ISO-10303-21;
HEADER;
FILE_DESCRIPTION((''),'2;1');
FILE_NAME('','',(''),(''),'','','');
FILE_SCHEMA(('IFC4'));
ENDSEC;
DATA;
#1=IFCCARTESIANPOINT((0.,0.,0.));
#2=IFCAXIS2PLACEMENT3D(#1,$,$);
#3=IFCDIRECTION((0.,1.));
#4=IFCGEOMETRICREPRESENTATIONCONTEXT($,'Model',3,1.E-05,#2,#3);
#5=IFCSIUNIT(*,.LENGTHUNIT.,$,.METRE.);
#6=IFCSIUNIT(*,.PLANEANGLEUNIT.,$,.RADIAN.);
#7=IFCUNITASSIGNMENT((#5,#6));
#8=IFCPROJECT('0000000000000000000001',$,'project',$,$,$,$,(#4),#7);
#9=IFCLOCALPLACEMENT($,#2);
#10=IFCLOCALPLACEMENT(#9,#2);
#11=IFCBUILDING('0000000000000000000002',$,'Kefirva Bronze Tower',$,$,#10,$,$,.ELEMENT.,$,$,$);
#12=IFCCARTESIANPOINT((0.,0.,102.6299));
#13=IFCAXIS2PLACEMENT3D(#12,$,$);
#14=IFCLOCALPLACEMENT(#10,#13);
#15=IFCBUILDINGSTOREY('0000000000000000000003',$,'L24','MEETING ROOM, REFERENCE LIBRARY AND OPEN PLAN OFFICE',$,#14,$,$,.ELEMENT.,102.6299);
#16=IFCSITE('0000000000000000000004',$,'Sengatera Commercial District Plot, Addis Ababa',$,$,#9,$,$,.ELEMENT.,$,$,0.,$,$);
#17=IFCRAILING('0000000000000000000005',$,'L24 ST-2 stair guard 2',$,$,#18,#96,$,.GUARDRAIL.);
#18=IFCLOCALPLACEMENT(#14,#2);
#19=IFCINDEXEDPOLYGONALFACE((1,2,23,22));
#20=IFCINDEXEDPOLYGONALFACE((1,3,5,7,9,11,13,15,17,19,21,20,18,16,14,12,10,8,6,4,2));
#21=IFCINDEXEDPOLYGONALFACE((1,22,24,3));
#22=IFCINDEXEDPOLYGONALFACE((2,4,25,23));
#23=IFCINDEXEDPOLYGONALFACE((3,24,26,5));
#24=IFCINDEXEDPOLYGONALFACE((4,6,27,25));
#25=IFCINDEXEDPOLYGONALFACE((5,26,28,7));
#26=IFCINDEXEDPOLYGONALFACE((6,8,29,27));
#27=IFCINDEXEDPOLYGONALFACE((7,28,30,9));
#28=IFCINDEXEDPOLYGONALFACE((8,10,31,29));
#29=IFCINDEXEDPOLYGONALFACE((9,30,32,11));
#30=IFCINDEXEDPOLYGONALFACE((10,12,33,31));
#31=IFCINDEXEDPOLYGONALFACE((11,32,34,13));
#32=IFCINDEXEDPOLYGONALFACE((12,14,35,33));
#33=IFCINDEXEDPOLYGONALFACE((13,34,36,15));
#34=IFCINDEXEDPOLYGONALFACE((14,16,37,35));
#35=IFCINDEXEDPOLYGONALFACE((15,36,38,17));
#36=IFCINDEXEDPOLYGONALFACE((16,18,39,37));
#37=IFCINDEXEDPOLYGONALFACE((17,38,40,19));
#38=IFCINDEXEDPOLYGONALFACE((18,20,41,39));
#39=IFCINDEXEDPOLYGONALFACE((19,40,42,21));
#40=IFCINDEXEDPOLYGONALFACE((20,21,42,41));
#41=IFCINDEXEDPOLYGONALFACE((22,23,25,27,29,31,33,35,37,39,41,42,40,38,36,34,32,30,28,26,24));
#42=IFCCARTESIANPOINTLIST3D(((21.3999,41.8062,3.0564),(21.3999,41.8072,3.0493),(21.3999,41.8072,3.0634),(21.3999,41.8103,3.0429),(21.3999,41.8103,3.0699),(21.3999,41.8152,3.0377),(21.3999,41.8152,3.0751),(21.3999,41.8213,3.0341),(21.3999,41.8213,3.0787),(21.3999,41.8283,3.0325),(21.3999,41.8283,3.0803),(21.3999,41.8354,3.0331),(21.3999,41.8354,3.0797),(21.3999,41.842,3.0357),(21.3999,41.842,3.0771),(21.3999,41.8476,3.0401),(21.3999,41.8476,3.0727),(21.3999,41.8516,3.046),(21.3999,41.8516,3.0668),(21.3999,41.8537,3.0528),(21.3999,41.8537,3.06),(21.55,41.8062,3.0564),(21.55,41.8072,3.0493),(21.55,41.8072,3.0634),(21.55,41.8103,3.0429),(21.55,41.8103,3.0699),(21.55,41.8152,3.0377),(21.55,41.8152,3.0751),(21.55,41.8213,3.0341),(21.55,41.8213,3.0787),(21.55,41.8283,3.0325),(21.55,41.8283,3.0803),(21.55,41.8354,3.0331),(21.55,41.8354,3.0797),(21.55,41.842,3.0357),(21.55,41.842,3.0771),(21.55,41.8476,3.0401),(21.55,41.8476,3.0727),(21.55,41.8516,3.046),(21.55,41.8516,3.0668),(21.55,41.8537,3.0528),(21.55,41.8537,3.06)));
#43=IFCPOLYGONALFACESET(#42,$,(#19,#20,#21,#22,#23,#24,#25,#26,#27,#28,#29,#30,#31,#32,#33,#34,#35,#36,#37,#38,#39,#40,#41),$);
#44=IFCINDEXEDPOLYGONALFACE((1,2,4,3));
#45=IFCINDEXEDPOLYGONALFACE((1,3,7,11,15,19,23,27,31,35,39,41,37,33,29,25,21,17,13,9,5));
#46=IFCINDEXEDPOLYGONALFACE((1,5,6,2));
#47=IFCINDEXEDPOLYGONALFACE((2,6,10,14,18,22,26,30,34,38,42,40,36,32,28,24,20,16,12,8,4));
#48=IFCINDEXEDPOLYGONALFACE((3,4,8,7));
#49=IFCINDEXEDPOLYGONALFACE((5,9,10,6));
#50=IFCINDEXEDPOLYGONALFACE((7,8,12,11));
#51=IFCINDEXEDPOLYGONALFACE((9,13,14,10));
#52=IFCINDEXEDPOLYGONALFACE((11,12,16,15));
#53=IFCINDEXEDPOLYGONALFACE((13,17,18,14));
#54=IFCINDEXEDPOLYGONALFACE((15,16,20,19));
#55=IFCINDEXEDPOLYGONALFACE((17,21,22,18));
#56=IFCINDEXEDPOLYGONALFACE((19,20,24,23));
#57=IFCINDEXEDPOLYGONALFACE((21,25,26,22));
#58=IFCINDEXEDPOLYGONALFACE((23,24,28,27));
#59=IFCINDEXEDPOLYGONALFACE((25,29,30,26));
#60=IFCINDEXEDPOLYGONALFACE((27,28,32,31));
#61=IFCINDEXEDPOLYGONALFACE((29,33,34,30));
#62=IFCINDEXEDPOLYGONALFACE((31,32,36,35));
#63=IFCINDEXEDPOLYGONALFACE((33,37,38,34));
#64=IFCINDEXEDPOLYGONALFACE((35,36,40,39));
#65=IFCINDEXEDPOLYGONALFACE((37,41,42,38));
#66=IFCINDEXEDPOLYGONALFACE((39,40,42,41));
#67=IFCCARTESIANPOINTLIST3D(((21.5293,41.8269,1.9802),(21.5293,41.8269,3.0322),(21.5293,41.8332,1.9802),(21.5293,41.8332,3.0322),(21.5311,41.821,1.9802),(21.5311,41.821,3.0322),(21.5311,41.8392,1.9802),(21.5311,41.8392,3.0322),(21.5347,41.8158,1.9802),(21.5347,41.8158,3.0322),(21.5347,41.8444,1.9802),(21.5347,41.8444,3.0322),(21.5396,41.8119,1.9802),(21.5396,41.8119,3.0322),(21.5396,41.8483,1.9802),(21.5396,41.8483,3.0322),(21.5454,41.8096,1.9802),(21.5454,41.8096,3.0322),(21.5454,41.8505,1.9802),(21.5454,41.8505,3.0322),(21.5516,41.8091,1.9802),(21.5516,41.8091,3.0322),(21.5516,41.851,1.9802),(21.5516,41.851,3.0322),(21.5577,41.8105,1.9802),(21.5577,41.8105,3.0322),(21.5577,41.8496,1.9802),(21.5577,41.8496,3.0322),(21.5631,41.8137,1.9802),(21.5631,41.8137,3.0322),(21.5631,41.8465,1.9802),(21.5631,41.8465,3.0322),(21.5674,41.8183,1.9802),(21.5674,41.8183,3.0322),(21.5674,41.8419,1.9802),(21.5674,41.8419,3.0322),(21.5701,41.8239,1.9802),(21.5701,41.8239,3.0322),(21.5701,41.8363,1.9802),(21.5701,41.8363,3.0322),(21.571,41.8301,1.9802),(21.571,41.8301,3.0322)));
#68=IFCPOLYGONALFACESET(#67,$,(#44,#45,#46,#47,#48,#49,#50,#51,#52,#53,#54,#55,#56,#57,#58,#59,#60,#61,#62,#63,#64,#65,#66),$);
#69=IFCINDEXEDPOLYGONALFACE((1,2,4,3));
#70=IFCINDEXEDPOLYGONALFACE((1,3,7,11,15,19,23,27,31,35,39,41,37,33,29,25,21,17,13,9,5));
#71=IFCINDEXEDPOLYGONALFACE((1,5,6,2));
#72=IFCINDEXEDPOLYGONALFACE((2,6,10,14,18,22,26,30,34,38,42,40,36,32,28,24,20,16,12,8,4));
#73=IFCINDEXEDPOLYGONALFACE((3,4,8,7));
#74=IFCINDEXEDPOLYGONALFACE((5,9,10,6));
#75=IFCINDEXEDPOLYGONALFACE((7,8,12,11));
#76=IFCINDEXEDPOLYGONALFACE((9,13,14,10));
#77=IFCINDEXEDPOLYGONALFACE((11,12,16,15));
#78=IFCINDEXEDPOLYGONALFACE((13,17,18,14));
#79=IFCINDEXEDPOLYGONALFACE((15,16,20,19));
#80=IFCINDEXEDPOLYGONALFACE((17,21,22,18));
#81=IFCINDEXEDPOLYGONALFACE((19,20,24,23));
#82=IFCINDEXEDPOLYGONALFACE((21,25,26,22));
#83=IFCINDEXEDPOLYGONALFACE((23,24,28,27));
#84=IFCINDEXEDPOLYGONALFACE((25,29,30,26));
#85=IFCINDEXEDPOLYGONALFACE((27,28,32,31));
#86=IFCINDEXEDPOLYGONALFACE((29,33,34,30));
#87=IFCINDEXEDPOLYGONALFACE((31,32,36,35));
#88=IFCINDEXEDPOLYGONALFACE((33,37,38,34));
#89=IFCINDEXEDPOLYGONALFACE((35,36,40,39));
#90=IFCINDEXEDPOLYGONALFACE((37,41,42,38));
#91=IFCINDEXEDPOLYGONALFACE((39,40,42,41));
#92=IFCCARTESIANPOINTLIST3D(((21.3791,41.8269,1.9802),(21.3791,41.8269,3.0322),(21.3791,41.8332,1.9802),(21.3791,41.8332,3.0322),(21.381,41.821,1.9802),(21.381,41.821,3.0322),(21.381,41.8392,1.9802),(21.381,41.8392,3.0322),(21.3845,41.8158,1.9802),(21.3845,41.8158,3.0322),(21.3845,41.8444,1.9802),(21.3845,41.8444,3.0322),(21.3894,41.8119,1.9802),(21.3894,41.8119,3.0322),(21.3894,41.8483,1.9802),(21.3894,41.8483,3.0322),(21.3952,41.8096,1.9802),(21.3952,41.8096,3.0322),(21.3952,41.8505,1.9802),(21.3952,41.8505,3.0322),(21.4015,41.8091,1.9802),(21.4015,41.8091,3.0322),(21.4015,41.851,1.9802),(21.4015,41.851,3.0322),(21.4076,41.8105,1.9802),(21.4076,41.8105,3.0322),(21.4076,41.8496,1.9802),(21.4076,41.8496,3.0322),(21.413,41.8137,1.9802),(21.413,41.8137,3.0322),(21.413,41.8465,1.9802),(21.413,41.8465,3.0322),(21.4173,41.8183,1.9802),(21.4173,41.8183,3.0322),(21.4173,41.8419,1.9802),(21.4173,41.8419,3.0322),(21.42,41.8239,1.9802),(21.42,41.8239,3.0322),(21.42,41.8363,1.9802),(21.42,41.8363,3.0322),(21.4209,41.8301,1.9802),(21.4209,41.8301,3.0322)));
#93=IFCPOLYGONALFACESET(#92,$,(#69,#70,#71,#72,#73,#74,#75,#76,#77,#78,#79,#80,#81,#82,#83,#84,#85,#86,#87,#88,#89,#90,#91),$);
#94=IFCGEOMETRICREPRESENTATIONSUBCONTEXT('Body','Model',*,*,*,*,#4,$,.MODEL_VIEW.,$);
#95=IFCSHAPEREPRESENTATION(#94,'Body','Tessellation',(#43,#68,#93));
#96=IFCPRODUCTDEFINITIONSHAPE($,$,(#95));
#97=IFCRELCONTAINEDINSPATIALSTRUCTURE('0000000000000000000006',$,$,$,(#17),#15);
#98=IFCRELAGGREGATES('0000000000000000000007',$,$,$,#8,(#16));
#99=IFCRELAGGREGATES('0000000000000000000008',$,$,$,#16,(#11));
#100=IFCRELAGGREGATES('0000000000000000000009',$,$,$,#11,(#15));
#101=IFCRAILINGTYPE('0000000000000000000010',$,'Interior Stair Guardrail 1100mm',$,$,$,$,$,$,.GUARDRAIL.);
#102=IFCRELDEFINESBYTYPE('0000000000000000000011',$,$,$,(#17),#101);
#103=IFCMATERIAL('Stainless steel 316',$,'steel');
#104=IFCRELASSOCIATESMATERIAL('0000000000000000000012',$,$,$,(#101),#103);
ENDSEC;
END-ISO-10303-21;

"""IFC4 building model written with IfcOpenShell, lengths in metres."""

from ifc_helpers import new_model, si_unit, direction, frame, origin, origin_2d, place, context, subcontext, project, spatial, circle, extrude, material, type_object, element, save


model = new_model("IFC4")

# Units and contexts
model_context = context("Model", 3, precision=1e-05, world=origin(), true_north=direction((0.0, 1.0)))
body_context = subcontext(model_context, "Body", "Model", "MODEL_VIEW")
ifc_project = project(units=[si_unit("LENGTHUNIT", "METRE"), si_unit("PLANEANGLEUNIT", "RADIAN")], contexts=[model_context])

# Site, building, storey
site_placement = place(None, origin())
site = spatial("IfcSite", under=ifc_project, at=site_placement, Name="Sengatera Commercial District Plot, Addis Ababa", CompositionType="ELEMENT", RefElevation=0.0)
building_placement = place(site_placement, origin())
building = spatial("IfcBuilding", under=site, at=building_placement, Name="Kefirva Bronze Tower", CompositionType="ELEMENT")
storey_placement = place(building_placement, frame((0.0, 0.0, 102.6299)))
storey = spatial("IfcBuildingStorey", under=building, at=storey_placement, Name="L24", Description="MEETING ROOM, REFERENCE LIBRARY AND OPEN PLAN OFFICE", CompositionType="ELEMENT", Elevation=102.6299)

# Railing
ifc_material_1 = material(Name="Stainless steel 316", Category="steel")
railing_type_1 = type_object("IfcRailingType", Name="Interior Stair Guardrail 1100mm", PredefinedType="GUARDRAIL", material=ifc_material_1)
railing_1_placement = place(storey_placement, frame((21.55, 41.8301, 1.9802)))
element("IfcRailing", 1, at=railing_1_placement, inside=storey, type_object=railing_type_1, Name="L24 ST-2 stair guard 2", PredefinedType="GUARDRAIL", context=body_context, shape_type="SweptSolid", body=[
    extrude(circle(Radius=0.0239, at=origin_2d()), frame((0.0, 0.0, 1.0762), z_axis=(-1.0, 0.0, 0.0), x_axis=(0.0, -1.0, 0.0)), (0.0, 0.0, 1.0), 0.1501),
    extrude(circle(Radius=0.021, at=origin_2d()), origin(), (0.0, 0.0, 1.0), 1.052),
    extrude(circle(Radius=0.021, at=origin_2d()), frame((-0.1501, 0.0, 0.0)), (0.0, 0.0, 1.0), 1.052),
])

save(model, "model.ifc")
